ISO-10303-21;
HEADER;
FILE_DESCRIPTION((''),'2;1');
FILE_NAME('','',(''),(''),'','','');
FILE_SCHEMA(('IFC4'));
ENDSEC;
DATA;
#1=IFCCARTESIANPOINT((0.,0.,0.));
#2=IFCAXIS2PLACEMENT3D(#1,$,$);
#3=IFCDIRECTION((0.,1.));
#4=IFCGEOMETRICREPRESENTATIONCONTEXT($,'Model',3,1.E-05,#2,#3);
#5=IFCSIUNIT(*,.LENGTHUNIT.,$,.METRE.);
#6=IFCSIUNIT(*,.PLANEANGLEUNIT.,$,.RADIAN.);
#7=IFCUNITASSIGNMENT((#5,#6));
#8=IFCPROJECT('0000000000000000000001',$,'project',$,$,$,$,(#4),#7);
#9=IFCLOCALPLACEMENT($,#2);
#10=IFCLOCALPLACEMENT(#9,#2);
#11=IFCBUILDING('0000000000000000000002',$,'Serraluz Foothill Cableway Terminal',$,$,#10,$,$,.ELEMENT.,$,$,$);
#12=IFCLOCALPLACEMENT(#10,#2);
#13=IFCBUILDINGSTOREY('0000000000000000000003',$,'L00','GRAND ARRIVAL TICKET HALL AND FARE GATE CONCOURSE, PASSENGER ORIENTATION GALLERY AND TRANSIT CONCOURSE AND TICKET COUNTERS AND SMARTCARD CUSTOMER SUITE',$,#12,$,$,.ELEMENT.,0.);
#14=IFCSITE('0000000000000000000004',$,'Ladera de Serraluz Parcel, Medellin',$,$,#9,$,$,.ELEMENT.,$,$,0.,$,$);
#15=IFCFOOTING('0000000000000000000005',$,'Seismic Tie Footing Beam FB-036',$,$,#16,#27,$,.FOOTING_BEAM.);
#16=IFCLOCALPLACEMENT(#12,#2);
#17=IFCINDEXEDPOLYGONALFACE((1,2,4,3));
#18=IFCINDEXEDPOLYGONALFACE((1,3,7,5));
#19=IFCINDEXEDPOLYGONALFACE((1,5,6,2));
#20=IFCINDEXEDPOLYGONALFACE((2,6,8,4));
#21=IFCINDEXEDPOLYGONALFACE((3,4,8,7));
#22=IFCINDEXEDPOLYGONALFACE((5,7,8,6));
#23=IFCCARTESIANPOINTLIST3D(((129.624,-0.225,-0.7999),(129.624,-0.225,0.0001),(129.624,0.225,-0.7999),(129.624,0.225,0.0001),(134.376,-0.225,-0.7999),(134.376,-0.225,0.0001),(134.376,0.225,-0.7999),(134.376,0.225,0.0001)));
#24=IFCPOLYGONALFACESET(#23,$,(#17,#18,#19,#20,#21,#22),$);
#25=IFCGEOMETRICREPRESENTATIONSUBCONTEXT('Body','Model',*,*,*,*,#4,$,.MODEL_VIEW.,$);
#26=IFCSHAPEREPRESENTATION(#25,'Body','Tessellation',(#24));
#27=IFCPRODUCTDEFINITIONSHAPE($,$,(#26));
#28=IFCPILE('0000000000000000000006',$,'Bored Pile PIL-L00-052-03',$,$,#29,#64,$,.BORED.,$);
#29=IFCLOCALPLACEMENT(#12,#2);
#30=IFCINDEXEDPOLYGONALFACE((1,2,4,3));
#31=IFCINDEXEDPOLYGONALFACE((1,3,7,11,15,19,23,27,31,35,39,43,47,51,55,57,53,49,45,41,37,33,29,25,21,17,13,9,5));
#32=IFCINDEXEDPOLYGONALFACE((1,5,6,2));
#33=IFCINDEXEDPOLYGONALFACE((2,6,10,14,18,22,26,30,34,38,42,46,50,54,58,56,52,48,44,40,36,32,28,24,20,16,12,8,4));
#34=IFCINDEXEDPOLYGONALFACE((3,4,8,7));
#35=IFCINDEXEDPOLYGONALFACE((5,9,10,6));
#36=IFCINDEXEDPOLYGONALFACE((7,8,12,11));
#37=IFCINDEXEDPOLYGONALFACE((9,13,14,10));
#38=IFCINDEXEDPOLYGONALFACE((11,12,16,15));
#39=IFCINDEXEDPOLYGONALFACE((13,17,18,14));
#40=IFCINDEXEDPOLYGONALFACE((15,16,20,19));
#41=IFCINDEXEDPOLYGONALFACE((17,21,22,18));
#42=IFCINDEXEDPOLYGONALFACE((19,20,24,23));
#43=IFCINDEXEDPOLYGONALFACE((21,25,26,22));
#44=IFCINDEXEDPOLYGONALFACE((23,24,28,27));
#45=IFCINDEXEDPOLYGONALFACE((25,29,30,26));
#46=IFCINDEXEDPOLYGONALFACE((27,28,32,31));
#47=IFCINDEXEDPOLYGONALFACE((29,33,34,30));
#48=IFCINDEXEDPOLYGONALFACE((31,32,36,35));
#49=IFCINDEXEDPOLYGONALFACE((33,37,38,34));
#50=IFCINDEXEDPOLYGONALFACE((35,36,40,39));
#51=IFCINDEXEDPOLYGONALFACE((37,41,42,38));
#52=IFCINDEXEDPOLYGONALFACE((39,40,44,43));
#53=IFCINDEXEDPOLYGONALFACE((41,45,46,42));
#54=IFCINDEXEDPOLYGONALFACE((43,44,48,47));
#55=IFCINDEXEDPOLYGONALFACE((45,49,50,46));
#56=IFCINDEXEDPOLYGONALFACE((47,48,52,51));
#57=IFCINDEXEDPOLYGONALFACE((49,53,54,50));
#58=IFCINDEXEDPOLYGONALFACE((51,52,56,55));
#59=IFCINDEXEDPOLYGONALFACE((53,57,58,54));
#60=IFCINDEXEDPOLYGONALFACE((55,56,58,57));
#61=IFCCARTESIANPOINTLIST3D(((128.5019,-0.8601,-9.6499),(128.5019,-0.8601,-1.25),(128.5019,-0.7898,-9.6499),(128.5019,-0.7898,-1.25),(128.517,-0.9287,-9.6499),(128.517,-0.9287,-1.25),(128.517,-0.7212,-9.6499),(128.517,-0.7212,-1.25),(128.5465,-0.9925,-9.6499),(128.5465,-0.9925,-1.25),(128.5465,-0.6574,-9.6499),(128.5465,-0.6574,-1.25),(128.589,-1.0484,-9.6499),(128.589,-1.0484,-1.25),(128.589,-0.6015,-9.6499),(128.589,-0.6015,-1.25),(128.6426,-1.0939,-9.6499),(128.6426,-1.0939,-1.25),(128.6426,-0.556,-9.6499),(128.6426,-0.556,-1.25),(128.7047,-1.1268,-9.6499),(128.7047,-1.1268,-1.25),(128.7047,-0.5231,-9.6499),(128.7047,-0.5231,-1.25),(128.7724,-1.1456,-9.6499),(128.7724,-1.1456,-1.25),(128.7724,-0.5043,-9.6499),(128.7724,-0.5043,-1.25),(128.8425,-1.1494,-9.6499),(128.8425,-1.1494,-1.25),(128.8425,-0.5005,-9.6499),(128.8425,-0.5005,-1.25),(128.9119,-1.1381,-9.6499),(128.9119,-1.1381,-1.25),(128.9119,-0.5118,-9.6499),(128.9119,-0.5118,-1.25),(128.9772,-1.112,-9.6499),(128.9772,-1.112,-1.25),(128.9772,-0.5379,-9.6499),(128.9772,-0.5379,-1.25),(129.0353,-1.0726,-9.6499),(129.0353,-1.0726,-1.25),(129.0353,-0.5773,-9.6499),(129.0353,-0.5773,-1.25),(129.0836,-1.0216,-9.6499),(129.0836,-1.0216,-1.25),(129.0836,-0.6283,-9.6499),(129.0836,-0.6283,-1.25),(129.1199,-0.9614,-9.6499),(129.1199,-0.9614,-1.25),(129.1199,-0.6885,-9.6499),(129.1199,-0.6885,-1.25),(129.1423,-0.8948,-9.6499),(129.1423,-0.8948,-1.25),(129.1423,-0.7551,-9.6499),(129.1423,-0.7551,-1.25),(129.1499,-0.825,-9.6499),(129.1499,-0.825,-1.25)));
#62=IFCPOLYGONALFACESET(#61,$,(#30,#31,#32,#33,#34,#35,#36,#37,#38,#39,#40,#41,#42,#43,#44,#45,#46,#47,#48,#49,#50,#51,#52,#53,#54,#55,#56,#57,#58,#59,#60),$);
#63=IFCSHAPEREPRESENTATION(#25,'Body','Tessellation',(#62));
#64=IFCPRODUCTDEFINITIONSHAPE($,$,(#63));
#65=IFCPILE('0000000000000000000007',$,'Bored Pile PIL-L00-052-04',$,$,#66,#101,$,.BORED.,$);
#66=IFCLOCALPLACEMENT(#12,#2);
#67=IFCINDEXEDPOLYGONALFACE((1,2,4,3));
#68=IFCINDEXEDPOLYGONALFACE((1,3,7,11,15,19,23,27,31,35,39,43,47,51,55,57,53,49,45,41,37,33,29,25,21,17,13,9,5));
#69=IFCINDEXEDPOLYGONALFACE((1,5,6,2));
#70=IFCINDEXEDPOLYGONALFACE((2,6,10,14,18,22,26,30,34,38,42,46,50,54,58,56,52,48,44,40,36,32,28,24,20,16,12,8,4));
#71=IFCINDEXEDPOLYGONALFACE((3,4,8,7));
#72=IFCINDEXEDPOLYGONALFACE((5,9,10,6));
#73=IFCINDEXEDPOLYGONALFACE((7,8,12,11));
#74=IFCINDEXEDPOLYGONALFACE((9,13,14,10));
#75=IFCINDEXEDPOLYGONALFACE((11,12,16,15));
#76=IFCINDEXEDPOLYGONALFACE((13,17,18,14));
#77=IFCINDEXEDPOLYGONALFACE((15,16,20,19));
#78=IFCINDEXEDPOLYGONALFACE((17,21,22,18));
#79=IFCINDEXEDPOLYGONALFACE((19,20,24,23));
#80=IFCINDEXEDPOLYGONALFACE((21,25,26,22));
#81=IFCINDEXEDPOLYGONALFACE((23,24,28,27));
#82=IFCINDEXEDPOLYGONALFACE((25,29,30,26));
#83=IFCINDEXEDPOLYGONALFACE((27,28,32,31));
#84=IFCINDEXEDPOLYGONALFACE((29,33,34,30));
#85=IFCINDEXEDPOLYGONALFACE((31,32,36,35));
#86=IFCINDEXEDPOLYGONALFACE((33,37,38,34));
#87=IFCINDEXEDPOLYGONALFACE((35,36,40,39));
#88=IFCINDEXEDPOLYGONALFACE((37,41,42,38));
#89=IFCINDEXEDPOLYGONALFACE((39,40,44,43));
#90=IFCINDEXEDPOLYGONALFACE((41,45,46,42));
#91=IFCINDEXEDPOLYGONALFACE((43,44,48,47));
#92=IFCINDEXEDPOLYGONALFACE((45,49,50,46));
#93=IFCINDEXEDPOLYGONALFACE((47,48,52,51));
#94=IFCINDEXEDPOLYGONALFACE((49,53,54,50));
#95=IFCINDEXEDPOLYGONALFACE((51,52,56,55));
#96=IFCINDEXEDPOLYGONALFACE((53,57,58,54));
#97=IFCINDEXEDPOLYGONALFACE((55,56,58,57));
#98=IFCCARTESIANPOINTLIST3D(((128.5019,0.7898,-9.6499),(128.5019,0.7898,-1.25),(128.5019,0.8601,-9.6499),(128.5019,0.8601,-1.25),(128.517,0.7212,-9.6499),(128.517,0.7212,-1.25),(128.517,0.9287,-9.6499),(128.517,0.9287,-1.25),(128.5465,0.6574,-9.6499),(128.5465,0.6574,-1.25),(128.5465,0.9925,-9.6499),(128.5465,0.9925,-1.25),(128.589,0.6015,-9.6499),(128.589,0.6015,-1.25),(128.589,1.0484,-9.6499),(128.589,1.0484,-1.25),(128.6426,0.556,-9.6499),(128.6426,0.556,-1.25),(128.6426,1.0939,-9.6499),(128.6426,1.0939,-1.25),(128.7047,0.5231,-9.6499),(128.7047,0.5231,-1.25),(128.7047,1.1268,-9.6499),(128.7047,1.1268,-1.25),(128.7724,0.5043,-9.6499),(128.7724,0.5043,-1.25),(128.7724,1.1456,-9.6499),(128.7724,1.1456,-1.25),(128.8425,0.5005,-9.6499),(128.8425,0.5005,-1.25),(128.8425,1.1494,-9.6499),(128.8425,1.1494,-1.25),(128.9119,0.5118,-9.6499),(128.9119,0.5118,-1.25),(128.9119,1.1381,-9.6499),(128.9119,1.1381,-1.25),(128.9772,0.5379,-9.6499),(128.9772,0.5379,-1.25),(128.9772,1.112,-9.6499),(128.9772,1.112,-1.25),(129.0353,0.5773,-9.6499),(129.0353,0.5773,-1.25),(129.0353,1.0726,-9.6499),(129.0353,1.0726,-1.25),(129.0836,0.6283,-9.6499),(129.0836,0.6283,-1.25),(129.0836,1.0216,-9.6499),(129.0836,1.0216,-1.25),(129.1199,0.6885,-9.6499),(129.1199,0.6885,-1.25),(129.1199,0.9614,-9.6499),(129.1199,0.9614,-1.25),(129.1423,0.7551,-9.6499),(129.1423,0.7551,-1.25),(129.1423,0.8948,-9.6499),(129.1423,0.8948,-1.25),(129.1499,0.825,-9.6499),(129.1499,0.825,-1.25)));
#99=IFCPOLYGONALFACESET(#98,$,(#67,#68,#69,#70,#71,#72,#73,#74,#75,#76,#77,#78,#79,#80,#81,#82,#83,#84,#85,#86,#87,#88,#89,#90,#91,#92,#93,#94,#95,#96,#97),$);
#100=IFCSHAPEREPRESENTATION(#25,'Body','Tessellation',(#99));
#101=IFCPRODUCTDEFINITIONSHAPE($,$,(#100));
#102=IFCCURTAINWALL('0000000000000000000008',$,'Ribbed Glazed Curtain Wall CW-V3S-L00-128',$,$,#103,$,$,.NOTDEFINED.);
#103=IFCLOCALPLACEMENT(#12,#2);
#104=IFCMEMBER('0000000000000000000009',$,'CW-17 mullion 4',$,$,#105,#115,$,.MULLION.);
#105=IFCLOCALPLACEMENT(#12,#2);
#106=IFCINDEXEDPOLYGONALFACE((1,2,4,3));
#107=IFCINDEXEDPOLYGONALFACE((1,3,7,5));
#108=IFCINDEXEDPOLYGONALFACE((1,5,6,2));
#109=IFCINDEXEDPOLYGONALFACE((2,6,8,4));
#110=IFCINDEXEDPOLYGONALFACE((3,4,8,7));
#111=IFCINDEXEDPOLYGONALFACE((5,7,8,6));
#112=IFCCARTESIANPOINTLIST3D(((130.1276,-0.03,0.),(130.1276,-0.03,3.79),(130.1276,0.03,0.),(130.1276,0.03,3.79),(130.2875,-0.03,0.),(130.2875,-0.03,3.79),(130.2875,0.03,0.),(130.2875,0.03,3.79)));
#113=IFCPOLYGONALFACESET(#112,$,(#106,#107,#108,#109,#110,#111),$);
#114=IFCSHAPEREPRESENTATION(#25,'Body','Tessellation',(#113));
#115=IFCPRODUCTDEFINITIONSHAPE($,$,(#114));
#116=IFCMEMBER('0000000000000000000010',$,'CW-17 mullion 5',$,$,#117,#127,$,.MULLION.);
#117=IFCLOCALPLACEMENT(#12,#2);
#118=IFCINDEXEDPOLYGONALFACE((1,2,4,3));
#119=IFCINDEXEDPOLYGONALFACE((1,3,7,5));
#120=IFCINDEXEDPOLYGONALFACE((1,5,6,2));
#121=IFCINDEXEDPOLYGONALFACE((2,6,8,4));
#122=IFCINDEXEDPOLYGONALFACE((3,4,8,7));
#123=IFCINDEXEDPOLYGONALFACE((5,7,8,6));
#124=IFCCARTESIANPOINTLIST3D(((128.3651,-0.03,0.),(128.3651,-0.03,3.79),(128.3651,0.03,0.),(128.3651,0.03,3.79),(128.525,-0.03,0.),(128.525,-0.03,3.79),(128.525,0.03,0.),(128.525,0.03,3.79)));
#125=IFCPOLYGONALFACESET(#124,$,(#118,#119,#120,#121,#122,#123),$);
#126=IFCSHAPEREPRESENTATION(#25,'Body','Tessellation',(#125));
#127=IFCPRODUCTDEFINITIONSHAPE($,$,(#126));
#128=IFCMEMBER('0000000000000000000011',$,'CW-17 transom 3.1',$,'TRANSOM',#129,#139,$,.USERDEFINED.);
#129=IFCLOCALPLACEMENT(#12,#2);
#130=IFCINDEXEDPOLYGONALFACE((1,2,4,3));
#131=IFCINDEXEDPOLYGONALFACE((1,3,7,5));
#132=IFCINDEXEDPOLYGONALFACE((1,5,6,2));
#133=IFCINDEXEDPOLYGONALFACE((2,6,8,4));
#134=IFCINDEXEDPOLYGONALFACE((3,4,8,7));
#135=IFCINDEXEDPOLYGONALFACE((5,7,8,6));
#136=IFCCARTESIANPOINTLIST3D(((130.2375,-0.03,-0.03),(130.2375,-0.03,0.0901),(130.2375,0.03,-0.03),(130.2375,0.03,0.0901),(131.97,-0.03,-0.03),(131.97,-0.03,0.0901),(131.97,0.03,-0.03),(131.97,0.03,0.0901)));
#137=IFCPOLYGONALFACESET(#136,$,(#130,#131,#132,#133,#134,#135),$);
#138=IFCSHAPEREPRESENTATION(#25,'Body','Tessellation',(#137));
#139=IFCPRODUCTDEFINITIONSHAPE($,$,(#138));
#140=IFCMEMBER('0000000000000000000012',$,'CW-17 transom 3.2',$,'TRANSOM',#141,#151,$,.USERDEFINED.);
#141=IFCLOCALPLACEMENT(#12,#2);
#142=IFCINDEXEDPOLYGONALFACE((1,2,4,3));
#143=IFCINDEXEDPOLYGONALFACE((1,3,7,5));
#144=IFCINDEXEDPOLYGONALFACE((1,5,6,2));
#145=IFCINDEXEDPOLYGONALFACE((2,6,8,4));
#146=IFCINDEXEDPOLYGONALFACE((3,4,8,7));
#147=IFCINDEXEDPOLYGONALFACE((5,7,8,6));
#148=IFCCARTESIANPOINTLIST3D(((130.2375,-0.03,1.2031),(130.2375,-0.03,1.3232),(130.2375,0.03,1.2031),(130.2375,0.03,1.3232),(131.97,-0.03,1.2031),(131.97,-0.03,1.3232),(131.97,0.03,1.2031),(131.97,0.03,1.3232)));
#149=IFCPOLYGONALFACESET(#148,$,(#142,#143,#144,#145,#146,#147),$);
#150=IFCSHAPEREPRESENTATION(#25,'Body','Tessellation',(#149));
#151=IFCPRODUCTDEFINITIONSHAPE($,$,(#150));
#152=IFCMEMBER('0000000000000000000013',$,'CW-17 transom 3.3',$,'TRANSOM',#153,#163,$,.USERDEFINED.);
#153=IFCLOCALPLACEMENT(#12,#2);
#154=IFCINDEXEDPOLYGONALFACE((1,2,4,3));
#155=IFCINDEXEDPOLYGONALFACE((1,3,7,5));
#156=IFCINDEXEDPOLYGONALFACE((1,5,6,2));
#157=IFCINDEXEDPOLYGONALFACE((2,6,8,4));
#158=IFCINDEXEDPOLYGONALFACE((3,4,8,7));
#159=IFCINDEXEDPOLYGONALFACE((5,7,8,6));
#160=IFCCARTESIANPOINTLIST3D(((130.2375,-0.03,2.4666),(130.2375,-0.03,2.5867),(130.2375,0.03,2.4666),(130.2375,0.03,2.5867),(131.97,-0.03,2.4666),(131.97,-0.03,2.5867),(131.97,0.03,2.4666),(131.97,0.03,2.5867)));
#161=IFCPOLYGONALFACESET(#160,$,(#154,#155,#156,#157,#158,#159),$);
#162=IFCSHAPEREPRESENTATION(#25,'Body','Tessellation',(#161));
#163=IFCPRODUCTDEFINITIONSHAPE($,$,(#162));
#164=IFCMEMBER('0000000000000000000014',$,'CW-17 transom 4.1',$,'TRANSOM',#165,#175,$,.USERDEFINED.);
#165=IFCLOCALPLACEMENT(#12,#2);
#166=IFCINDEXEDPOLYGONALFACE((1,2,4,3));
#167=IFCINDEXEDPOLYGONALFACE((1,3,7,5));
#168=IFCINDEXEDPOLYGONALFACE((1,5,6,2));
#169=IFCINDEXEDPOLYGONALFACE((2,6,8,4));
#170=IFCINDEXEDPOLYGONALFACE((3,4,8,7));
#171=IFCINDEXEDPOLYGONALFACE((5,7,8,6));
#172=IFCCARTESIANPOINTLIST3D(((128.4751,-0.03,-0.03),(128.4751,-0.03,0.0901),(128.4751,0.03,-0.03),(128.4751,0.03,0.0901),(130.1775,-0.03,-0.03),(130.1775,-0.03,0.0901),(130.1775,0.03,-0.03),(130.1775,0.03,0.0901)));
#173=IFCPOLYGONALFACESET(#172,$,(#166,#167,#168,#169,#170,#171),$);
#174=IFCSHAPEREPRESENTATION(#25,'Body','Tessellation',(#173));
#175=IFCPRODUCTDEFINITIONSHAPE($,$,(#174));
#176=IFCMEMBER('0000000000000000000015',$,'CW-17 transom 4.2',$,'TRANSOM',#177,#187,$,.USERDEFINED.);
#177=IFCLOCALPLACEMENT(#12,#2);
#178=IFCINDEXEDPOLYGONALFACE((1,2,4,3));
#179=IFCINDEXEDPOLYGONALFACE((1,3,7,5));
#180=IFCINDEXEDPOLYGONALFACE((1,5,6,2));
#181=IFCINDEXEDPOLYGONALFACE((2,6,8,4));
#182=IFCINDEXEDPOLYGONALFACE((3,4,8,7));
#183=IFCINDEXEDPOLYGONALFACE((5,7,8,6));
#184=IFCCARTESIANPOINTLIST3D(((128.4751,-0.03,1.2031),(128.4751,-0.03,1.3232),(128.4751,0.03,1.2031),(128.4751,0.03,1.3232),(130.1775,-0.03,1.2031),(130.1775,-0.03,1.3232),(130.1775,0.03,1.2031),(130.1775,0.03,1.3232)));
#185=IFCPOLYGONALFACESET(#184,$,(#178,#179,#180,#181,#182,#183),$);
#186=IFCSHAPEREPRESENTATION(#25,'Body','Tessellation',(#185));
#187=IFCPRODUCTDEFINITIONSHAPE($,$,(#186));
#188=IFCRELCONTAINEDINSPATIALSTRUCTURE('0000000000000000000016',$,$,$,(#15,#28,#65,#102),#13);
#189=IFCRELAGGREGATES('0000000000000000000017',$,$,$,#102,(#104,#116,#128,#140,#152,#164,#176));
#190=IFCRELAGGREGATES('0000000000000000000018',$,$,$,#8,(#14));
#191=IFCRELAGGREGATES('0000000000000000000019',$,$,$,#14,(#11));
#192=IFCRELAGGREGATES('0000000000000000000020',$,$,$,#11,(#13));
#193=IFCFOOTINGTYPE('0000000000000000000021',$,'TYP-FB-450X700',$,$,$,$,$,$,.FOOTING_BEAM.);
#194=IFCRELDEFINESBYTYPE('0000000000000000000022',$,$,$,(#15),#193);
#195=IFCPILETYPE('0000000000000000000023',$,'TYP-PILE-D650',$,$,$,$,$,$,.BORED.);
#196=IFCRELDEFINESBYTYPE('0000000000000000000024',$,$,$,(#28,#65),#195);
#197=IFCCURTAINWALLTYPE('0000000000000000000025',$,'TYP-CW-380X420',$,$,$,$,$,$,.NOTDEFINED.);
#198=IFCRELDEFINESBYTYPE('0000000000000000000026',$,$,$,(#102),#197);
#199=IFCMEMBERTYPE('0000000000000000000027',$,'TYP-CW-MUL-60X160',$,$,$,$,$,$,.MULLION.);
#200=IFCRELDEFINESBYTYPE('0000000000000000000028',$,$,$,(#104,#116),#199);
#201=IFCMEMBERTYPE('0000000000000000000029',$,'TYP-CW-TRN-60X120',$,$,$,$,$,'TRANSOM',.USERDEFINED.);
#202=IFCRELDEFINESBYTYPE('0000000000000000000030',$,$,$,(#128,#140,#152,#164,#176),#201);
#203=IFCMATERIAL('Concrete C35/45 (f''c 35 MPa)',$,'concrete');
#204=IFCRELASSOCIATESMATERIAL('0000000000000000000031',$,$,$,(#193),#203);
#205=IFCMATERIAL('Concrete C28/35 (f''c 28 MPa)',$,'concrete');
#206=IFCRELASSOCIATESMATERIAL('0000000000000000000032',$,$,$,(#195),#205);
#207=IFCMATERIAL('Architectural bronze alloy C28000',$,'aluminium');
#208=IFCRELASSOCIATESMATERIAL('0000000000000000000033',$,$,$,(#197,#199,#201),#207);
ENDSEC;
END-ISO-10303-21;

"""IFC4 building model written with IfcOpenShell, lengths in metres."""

from ifc_helpers import new_model, si_unit, direction, frame, origin, origin_2d, place, context, subcontext, project, spatial, rectangle, circle, extrude, material, material_profile, profile_set, type_object, element, aggregate, save


model = new_model("IFC4")

# Units and contexts
model_context = context("Model", 3, precision=1e-05, world=origin(), true_north=direction((0.0, 1.0)))
body_context = subcontext(model_context, "Body", "Model", "MODEL_VIEW")
ifc_project = project(units=[si_unit("LENGTHUNIT", "METRE"), si_unit("PLANEANGLEUNIT", "RADIAN")], contexts=[model_context])

# Site, building, storey
site_placement = place(None, origin())
site = spatial("IfcSite", under=ifc_project, at=site_placement, Name="Ladera de Serraluz Parcel, Medellin", CompositionType="ELEMENT", RefElevation=0.0)
building_placement = place(site_placement, origin())
building = spatial("IfcBuilding", under=site, at=building_placement, Name="Serraluz Foothill Cableway Terminal", CompositionType="ELEMENT")
storey_placement = place(building_placement, origin())
storey = spatial("IfcBuildingStorey", under=building, at=storey_placement, Name="L00", Description="GRAND ARRIVAL TICKET HALL AND FARE GATE CONCOURSE, PASSENGER ORIENTATION GALLERY AND TRANSIT CONCOURSE AND TICKET COUNTERS AND SMARTCARD CUSTOMER SUITE", CompositionType="ELEMENT", Elevation=0.0)

# Footing
ifc_material_1 = material(Name="Concrete C35/45 (f'c 35 MPa)", Category="concrete")
ifc_material_profile_1 = material_profile(ifc_material_1, rectangle(XDim=0.45, YDim=0.8, at=origin_2d()), Name="RC 450x800")
ifc_profile_set_1 = profile_set([ifc_material_profile_1], Name="Concrete C35/45 (f'c 35 MPa)")
footing_type = type_object("IfcFootingType", Name="TYP-FB-450X700", PredefinedType="FOOTING_BEAM", material=ifc_profile_set_1)
footing_placement = place(storey_placement, frame((129.624, 0.0, -0.3999), z_axis=(1.0, 0.0, 0.0), x_axis=(0.0, 1.0, 0.0)))
element("IfcFooting", 1, at=footing_placement, inside=storey, type_object=footing_type, Name="Seismic Tie Footing Beam FB-036", PredefinedType="FOOTING_BEAM", context=body_context, shape_type="SweptSolid", body=[
    extrude(rectangle(XDim=0.45, YDim=0.8, at=origin_2d()), origin(), (0.0, 0.0, 1.0), 4.752),
])

# Piles
ifc_material_2 = material(Name="Concrete C28/35 (f'c 28 MPa)", Category="concrete")
ifc_material_profile_2 = material_profile(ifc_material_2, circle(Radius=0.325, at=origin_2d()), Name="BORED PILE D650")
ifc_profile_set_2 = profile_set([ifc_material_profile_2], Name="Concrete C28/35 (f'c 28 MPa)")
pile_type = type_object("IfcPileType", Name="TYP-PILE-D650", PredefinedType="BORED", material=ifc_profile_set_2)
for number, where, z_axis, x_axis, name in (
    (2, (128.825, -0.825, -1.25), (0.0, 0.0, -1.0), (1.0, 0.0, 0.0), "Bored Pile PIL-L00-052-03"),
    (3, (128.825, 0.825, -1.25), (0.0, 0.0, -1.0), (1.0, 0.0, 0.0), "Bored Pile PIL-L00-052-04"),
):
    element("IfcPile", number, at=place(storey_placement, frame(where, z_axis=z_axis, x_axis=x_axis)), inside=storey, type_object=pile_type, Name=name, PredefinedType="BORED", context=body_context, shape_type="SweptSolid", body=[
        extrude(circle(Radius=0.325, at=origin_2d()), origin(), (0.0, 0.0, 1.0), 8.3999),
    ])

# Curtain wall, members
ifc_material_3 = material(Name="Architectural bronze alloy C28000", Category="aluminium")
curtain_wall_type = type_object("IfcCurtainWallType", Name="TYP-CW-380X420", PredefinedType="NOTDEFINED", material=ifc_material_3)
curtain_wall_placement = place(storey_placement, origin())
curtain_wall = element("IfcCurtainWall", 4, at=curtain_wall_placement, inside=storey, type_object=curtain_wall_type, Name="Ribbed Glazed Curtain Wall CW-V3S-L00-128", PredefinedType="NOTDEFINED")
ifc_material_profile_3 = material_profile(ifc_material_3, rectangle(XDim=0.0601, YDim=0.1599, at=origin_2d()), Name="ALU MULLION 60x160")
ifc_profile_set_3 = profile_set([ifc_material_profile_3], Name="Architectural bronze alloy C28000")
member_type_1 = type_object("IfcMemberType", Name="TYP-CW-MUL-60X160", PredefinedType="MULLION", material=ifc_profile_set_3)
member_1_placement = place(storey_placement, frame((130.2075, 0.0, 0.0), z_axis=(0.0, 0.0, 1.0), x_axis=(0.0, -1.0, 0.0)))
member_1 = element("IfcMember", 5, at=member_1_placement, type_object=member_type_1, Name="CW-17 mullion 4", PredefinedType="MULLION", context=body_context, shape_type="SweptSolid", body=[
    extrude(rectangle(XDim=0.0601, YDim=0.1599, at=origin_2d()), origin(), (0.0, 0.0, 1.0), 3.79),
])
member_2_placement = place(storey_placement, frame((128.4451, 0.0, 0.0), z_axis=(0.0, 0.0, 1.0), x_axis=(0.0, -1.0, 0.0)))
member_2 = element("IfcMember", 6, at=member_2_placement, type_object=member_type_1, Name="CW-17 mullion 5", PredefinedType="MULLION", context=body_context, shape_type="SweptSolid", body=[
    extrude(rectangle(XDim=0.0601, YDim=0.1599, at=origin_2d()), origin(), (0.0, 0.0, 1.0), 3.79),
])
ifc_material_profile_4 = material_profile(ifc_material_3, rectangle(XDim=0.0601, YDim=0.1201, at=origin_2d()), Name="ALU TRANSOM 60x120")
ifc_profile_set_4 = profile_set([ifc_material_profile_4], Name="Architectural bronze alloy C28000")
member_type_2 = type_object("IfcMemberType", Name="TYP-CW-TRN-60X120", ElementType="TRANSOM", PredefinedType="USERDEFINED", material=ifc_profile_set_4)
member_3_placement = place(storey_placement, frame((131.97, 0.0, 0.03), z_axis=(-1.0, 0.0, 0.0), x_axis=(0.0, -1.0, 0.0)))
member_3 = element("IfcMember", 7, at=member_3_placement, type_object=member_type_2, Name="CW-17 transom 3.1", ObjectType="TRANSOM", PredefinedType="USERDEFINED", context=body_context, shape_type="SweptSolid", body=[
    extrude(rectangle(XDim=0.0601, YDim=0.1201, at=origin_2d()), origin(), (0.0, 0.0, 1.0), 1.7324),
])
member_4_placement = place(storey_placement, frame((131.97, 0.0, 1.2632), z_axis=(-1.0, 0.0, 0.0), x_axis=(0.0, -1.0, 0.0)))
member_4 = element("IfcMember", 8, at=member_4_placement, type_object=member_type_2, Name="CW-17 transom 3.2", ObjectType="TRANSOM", PredefinedType="USERDEFINED", context=body_context, shape_type="SweptSolid", body=[
    extrude(rectangle(XDim=0.0601, YDim=0.1201, at=origin_2d()), origin(), (0.0, 0.0, 1.0), 1.7324),
])
member_5_placement = place(storey_placement, frame((131.97, 0.0, 2.5266), z_axis=(-1.0, 0.0, 0.0), x_axis=(0.0, -1.0, 0.0)))
member_5 = element("IfcMember", 9, at=member_5_placement, type_object=member_type_2, Name="CW-17 transom 3.3", ObjectType="TRANSOM", PredefinedType="USERDEFINED", context=body_context, shape_type="SweptSolid", body=[
    extrude(rectangle(XDim=0.0601, YDim=0.1201, at=origin_2d()), origin(), (0.0, 0.0, 1.0), 1.7324),
])
member_6_placement = place(storey_placement, frame((130.1775, 0.0, 0.03), z_axis=(-1.0, 0.0, 0.0), x_axis=(0.0, -1.0, 0.0)))
member_6 = element("IfcMember", 10, at=member_6_placement, type_object=member_type_2, Name="CW-17 transom 4.1", ObjectType="TRANSOM", PredefinedType="USERDEFINED", context=body_context, shape_type="SweptSolid", body=[
    extrude(rectangle(XDim=0.0601, YDim=0.1201, at=origin_2d()), origin(), (0.0, 0.0, 1.0), 1.7024),
])
member_7_placement = place(storey_placement, frame((130.1775, 0.0, 1.2632), z_axis=(-1.0, 0.0, 0.0), x_axis=(0.0, -1.0, 0.0)))
member_7 = element("IfcMember", 11, at=member_7_placement, type_object=member_type_2, Name="CW-17 transom 4.2", ObjectType="TRANSOM", PredefinedType="USERDEFINED", context=body_context, shape_type="SweptSolid", body=[
    extrude(rectangle(XDim=0.0601, YDim=0.1201, at=origin_2d()), origin(), (0.0, 0.0, 1.0), 1.7024),
])

aggregate(curtain_wall, [member_1, member_2, member_3, member_4, member_5, member_6, member_7])

save(model, "model.ifc")
